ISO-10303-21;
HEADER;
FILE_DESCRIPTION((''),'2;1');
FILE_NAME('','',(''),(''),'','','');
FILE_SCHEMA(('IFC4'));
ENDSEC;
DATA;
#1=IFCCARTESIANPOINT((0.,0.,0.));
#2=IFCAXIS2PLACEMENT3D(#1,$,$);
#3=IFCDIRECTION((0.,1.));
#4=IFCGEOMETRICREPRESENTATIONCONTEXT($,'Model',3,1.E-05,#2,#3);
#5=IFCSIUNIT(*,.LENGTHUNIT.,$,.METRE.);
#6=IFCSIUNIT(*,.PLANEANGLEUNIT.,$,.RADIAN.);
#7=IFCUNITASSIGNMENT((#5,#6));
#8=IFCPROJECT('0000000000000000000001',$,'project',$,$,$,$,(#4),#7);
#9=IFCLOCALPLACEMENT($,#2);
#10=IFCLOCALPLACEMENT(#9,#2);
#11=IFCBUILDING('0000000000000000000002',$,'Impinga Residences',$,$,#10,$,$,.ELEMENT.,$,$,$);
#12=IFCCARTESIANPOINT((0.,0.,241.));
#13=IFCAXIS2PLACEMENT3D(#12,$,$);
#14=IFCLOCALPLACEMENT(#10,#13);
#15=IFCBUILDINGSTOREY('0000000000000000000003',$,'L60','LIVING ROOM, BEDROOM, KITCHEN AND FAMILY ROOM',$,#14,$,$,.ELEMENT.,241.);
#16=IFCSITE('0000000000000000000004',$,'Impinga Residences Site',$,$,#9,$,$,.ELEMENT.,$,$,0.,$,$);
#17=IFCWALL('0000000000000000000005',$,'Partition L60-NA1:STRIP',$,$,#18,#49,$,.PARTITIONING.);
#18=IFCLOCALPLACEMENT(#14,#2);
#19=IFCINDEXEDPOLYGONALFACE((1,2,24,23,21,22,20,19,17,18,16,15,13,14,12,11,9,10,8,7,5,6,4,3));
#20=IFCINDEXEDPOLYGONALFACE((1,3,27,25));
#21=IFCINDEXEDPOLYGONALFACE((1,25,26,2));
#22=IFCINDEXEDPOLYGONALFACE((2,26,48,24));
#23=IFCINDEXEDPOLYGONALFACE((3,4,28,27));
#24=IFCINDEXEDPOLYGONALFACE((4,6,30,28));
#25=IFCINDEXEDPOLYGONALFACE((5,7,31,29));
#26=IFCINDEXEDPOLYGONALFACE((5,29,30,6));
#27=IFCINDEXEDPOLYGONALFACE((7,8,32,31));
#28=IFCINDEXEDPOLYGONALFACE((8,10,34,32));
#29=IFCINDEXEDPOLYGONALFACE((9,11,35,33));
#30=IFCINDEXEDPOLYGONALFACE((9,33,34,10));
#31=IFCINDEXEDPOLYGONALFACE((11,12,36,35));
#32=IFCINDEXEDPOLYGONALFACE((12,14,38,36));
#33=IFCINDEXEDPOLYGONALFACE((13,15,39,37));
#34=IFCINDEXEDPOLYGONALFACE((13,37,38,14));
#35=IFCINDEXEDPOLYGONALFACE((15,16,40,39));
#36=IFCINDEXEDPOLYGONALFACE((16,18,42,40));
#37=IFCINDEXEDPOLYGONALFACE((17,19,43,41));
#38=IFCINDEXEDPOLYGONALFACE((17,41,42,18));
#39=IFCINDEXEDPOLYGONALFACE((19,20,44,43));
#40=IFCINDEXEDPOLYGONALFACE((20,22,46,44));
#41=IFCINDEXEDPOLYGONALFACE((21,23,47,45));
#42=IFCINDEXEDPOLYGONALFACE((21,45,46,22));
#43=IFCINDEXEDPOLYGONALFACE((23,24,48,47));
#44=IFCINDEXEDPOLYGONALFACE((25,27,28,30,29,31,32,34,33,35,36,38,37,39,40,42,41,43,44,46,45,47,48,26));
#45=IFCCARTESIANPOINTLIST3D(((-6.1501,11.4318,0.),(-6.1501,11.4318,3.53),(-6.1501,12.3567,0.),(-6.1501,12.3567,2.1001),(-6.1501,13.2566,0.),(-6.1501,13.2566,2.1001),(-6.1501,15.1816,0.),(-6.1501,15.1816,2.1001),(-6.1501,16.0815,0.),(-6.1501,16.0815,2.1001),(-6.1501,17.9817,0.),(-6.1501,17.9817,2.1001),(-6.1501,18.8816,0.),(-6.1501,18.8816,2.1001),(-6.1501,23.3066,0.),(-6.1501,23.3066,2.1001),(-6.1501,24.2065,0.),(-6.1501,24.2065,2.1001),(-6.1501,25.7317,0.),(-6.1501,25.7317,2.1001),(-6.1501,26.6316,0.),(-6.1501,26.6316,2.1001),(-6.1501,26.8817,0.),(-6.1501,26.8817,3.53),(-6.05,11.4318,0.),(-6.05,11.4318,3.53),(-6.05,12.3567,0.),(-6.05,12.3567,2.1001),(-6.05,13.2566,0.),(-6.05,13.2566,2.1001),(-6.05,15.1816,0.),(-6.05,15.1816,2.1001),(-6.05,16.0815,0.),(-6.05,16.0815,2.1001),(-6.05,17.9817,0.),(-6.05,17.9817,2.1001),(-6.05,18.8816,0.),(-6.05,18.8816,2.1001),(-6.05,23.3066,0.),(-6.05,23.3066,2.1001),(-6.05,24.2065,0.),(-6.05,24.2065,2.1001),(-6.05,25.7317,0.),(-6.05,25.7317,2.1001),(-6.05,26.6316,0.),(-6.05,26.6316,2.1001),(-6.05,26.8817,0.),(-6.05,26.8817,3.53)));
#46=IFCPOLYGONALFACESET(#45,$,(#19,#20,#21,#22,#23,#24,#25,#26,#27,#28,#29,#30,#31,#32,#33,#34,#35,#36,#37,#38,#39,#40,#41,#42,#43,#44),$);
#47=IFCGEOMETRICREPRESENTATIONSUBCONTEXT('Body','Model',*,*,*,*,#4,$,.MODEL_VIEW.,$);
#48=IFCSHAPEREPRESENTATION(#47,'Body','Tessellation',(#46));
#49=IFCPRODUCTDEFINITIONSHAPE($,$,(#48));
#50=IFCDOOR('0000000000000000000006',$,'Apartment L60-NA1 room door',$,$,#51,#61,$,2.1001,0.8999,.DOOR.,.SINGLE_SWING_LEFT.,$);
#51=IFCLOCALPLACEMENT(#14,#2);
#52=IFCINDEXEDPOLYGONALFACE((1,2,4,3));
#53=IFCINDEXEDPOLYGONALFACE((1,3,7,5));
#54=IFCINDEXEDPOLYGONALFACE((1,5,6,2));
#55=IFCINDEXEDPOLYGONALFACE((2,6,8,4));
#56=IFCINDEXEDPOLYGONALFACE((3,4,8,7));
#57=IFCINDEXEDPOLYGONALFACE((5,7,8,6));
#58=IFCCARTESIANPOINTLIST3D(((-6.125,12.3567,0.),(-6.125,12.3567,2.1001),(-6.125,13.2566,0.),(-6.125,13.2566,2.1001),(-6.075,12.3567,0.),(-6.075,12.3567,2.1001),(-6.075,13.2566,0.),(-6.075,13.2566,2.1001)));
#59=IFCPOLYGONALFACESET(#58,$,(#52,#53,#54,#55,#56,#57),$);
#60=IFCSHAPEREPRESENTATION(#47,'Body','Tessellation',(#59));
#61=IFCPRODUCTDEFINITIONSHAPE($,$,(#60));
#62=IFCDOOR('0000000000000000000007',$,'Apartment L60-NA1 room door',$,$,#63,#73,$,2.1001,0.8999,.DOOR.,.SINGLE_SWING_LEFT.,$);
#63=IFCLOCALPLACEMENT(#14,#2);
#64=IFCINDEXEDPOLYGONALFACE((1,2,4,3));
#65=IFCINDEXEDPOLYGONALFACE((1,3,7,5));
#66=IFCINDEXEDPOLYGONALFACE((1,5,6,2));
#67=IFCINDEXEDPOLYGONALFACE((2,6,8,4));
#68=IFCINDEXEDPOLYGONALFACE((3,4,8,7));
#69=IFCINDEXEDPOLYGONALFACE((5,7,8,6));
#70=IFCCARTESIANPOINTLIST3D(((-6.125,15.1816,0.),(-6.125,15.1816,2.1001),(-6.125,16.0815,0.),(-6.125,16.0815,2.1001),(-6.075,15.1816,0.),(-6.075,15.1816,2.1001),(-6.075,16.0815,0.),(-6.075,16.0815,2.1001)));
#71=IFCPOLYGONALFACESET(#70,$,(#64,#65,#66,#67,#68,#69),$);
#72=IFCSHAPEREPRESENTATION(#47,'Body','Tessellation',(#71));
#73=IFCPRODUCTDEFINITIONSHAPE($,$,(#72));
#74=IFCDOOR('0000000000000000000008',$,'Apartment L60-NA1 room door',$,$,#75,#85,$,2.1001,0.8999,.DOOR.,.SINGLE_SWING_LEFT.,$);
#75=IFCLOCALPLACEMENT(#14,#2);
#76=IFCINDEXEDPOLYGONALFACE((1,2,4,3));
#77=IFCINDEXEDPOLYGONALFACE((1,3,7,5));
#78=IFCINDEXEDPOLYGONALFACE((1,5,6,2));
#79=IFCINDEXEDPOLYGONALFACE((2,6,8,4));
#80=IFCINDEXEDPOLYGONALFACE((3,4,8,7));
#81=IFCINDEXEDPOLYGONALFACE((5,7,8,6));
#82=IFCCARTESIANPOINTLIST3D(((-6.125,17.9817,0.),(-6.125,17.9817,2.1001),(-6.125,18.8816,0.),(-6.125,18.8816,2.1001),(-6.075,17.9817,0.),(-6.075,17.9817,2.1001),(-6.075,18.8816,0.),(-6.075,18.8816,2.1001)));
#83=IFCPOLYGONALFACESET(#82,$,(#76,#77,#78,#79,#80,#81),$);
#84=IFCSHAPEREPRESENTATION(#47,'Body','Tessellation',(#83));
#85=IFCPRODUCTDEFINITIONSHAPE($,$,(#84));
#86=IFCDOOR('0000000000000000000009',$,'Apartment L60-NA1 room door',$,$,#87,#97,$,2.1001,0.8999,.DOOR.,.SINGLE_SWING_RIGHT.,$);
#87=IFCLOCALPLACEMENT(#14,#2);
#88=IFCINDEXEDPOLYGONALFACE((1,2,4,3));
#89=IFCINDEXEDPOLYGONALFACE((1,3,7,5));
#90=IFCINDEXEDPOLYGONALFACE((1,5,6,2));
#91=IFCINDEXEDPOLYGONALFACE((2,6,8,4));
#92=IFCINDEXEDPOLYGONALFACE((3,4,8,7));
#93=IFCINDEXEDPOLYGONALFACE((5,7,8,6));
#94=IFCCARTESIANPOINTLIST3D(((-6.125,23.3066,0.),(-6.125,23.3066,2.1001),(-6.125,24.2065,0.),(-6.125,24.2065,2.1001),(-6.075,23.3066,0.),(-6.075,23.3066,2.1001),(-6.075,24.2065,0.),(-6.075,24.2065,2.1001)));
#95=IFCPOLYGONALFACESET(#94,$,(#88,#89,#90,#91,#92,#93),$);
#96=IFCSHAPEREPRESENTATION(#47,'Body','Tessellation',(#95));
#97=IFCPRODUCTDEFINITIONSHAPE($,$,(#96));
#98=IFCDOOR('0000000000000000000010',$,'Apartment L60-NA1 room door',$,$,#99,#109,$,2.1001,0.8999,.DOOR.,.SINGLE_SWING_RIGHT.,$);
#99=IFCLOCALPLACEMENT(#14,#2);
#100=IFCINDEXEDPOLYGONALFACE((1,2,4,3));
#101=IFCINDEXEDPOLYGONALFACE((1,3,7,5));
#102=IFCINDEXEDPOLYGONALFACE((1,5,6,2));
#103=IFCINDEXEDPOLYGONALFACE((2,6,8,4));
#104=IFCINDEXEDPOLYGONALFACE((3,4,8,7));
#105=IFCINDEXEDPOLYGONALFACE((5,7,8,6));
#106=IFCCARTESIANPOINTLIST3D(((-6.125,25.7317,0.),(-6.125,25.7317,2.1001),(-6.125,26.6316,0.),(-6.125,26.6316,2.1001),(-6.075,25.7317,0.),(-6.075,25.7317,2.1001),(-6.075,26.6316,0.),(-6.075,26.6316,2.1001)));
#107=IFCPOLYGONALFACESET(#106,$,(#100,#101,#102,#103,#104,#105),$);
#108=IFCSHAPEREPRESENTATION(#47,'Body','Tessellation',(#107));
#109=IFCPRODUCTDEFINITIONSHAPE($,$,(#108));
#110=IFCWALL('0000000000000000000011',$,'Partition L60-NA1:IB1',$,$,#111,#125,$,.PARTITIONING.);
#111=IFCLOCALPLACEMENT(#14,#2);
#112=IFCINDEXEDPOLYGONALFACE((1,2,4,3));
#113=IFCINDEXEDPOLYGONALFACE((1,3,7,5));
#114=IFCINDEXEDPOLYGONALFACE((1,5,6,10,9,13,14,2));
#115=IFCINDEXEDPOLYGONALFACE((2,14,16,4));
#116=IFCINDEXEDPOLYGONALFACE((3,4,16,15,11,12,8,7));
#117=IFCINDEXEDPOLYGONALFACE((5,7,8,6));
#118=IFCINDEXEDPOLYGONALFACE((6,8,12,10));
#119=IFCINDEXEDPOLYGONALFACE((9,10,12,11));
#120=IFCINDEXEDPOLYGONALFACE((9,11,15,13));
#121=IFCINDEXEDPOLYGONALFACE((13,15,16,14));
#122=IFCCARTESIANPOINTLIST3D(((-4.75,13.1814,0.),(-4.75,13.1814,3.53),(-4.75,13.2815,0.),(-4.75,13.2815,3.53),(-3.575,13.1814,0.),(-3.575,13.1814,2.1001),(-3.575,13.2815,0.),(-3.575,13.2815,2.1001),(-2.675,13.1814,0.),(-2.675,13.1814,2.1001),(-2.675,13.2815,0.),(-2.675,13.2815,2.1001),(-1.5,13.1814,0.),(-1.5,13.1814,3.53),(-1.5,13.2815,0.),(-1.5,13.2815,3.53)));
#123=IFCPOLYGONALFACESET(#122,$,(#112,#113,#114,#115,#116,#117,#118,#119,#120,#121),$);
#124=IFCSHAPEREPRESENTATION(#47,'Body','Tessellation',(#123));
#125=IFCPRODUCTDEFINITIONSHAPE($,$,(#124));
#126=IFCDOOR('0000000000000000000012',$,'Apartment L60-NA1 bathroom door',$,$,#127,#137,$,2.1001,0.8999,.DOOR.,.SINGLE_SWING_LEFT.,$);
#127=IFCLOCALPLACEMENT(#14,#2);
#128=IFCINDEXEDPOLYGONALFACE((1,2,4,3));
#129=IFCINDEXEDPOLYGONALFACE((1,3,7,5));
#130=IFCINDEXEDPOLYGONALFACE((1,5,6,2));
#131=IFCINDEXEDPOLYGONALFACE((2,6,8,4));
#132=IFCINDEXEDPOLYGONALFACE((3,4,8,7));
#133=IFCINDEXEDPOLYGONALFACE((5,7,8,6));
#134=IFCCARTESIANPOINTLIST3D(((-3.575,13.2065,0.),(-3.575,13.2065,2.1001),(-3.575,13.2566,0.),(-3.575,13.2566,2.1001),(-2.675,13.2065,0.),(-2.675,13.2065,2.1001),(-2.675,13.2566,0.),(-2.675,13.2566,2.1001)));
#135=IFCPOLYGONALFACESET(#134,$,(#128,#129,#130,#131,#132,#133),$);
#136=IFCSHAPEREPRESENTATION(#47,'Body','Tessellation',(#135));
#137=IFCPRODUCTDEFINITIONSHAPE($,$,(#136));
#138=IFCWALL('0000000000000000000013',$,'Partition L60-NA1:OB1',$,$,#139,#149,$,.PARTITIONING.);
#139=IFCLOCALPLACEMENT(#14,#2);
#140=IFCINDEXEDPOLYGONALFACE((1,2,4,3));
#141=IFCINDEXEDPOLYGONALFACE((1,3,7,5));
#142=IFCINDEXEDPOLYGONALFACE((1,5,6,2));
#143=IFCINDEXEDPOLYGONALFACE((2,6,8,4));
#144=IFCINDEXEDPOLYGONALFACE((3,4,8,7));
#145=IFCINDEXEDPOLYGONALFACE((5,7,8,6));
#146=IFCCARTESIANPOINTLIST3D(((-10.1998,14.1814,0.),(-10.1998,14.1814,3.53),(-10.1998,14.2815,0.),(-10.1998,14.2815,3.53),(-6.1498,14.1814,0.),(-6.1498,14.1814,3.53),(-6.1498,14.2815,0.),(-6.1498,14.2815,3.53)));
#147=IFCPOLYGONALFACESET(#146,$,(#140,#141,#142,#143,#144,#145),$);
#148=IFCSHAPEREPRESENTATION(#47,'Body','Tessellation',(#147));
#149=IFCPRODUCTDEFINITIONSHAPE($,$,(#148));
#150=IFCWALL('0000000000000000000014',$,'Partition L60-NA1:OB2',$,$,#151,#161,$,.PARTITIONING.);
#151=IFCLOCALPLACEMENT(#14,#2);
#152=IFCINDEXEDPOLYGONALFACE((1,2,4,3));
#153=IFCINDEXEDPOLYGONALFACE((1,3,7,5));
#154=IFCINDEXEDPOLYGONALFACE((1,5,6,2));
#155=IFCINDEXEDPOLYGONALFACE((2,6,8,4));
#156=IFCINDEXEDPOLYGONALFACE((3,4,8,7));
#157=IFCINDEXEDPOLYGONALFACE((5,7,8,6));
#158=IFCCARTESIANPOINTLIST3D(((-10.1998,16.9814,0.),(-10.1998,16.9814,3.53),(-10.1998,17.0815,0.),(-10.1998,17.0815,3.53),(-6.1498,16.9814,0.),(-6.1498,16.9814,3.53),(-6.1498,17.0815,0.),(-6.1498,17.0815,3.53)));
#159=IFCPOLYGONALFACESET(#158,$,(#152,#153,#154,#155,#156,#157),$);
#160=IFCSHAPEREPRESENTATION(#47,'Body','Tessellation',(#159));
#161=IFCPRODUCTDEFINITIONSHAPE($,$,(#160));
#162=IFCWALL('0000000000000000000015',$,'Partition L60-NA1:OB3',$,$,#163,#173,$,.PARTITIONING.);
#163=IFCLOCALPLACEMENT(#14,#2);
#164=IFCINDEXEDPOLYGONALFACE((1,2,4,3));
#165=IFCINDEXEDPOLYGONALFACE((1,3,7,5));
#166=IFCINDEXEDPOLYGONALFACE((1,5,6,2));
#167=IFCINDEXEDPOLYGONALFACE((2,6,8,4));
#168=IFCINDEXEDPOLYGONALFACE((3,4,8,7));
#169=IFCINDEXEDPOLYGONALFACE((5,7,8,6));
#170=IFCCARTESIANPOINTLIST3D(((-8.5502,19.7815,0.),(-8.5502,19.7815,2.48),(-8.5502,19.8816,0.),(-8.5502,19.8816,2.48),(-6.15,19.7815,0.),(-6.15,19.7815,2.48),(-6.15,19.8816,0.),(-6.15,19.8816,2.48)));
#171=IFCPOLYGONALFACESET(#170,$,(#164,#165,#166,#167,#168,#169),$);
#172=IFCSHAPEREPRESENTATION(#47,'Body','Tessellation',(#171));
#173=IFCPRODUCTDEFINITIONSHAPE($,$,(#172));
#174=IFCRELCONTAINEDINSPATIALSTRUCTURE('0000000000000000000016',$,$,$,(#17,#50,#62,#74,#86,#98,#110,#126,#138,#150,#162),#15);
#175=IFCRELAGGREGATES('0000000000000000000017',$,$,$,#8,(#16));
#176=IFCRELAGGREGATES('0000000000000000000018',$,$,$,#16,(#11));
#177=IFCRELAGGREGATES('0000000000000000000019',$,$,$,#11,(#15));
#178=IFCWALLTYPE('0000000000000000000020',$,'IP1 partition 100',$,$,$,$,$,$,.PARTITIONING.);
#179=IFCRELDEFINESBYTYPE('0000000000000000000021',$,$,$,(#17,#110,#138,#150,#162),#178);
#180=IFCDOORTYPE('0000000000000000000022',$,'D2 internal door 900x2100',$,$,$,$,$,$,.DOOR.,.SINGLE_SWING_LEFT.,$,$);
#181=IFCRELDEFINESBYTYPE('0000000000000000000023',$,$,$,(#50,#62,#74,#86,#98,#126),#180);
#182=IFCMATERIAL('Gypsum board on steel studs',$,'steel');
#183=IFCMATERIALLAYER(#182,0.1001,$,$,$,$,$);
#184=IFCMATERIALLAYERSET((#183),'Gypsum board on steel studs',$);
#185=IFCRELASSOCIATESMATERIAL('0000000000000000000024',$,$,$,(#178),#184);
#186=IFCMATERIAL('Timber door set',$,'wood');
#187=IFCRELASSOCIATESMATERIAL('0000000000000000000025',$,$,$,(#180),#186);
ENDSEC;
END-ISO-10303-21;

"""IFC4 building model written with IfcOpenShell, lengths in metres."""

from ifc_helpers import new_model, si_unit, direction, frame, frame_2d, origin, place, context, subcontext, project, spatial, rectangle, extrude, material, layer, layer_set, type_object, element, fill, save


model = new_model("IFC4")

# Units and contexts
model_context = context("Model", 3, precision=1e-05, world=origin(), true_north=direction((0.0, 1.0)))
body_context = subcontext(model_context, "Body", "Model", "MODEL_VIEW")
ifc_project = project(units=[si_unit("LENGTHUNIT", "METRE"), si_unit("PLANEANGLEUNIT", "RADIAN")], contexts=[model_context])

# Site, building, storey
site_placement = place(None, origin())
site = spatial("IfcSite", under=ifc_project, at=site_placement, Name="Impinga Residences Site", CompositionType="ELEMENT", RefElevation=0.0)
building_placement = place(site_placement, origin())
building = spatial("IfcBuilding", under=site, at=building_placement, Name="Impinga Residences", CompositionType="ELEMENT")
storey_placement = place(building_placement, frame((0.0, 0.0, 241.0)))
storey = spatial("IfcBuildingStorey", under=building, at=storey_placement, Name="L60", Description="LIVING ROOM, BEDROOM, KITCHEN AND FAMILY ROOM", CompositionType="ELEMENT", Elevation=241.0)

# Shared definitions
ifc_material_1 = material(Name="Timber door set", Category="wood")

# Shared definitions
ifc_material_2 = material(Name="Gypsum board on steel studs", Category="steel")
ifc_layer_1 = layer(ifc_material_2, 0.1001)
ifc_layer_set_1 = layer_set([ifc_layer_1], Name="Gypsum board on steel studs")
wall_type_1 = type_object("IfcWallType", Name="IP1 partition 100", PredefinedType="PARTITIONING", material=ifc_layer_set_1)

# Wall, openings, doors
wall_1_placement = place(storey_placement, frame((-6.1001, 11.4316, 0.0), z_axis=(0.0, 0.0, 1.0), x_axis=(0.0, 1.0, 0.0)))
wall_1 = element("IfcWall", 1, at=wall_1_placement, inside=storey, type_object=wall_type_1, Name="Partition L60-NA1:STRIP", PredefinedType="PARTITIONING", context=body_context, shape_type="SweptSolid", body=[
    extrude(rectangle(XDim=15.45, YDim=0.1001, at=frame_2d((7.7251, 0.0))), origin(), (0.0, 0.0, 1.0), 3.53),
])
opening_1_placement = place(wall_1_placement, frame((0.925, 0.0, 0.0)))
opening_1 = element("IfcOpeningElement", 2, at=opening_1_placement, cuts=wall_1, PredefinedType="OPENING", context=body_context, shape_type="SweptSolid", body=[
    extrude(rectangle(XDim=0.8999, YDim=2.1001, at=frame_2d((0.45, 1.05))), frame((0.0, 0.0601, 0.0), z_axis=(0.0, -1.0, 0.0), x_axis=(1.0, 0.0, 0.0)), (0.0, 0.0, 1.0), 0.1201),
])
opening_2_placement = place(wall_1_placement, frame((3.75, 0.0, 0.0)))
opening_2 = element("IfcOpeningElement", 3, at=opening_2_placement, cuts=wall_1, PredefinedType="OPENING", context=body_context, shape_type="SweptSolid", body=[
    extrude(rectangle(XDim=0.8999, YDim=2.1001, at=frame_2d((0.45, 1.05))), frame((0.0, 0.0601, 0.0), z_axis=(0.0, -1.0, 0.0), x_axis=(1.0, 0.0, 0.0)), (0.0, 0.0, 1.0), 0.1201),
])
opening_3_placement = place(wall_1_placement, frame((6.55, 0.0, 0.0)))
opening_3 = element("IfcOpeningElement", 4, at=opening_3_placement, cuts=wall_1, PredefinedType="OPENING", context=body_context, shape_type="SweptSolid", body=[
    extrude(rectangle(XDim=0.8999, YDim=2.1001, at=frame_2d((0.45, 1.05))), frame((0.0, 0.0601, 0.0), z_axis=(0.0, -1.0, 0.0), x_axis=(1.0, 0.0, 0.0)), (0.0, 0.0, 1.0), 0.1201),
])
opening_4_placement = place(wall_1_placement, frame((11.875, 0.0, 0.0)))
opening_4 = element("IfcOpeningElement", 5, at=opening_4_placement, cuts=wall_1, PredefinedType="OPENING", context=body_context, shape_type="SweptSolid", body=[
    extrude(rectangle(XDim=0.8999, YDim=2.1001, at=frame_2d((0.45, 1.05))), frame((0.0, 0.0601, 0.0), z_axis=(0.0, -1.0, 0.0), x_axis=(1.0, 0.0, 0.0)), (0.0, 0.0, 1.0), 0.1201),
])
opening_5_placement = place(wall_1_placement, frame((14.3, 0.0, 0.0)))
opening_5 = element("IfcOpeningElement", 6, at=opening_5_placement, cuts=wall_1, PredefinedType="OPENING", context=body_context, shape_type="SweptSolid", body=[
    extrude(rectangle(XDim=0.8999, YDim=2.1001, at=frame_2d((0.45, 1.05))), frame((0.0, 0.0601, 0.0), z_axis=(0.0, -1.0, 0.0), x_axis=(1.0, 0.0, 0.0)), (0.0, 0.0, 1.0), 0.1201),
])
door_type_1 = type_object("IfcDoorType", Name="D2 internal door 900x2100", OperationType="SINGLE_SWING_LEFT", PredefinedType="DOOR", material=ifc_material_1)
door_1_placement = place(opening_1_placement, origin())
door_1 = element("IfcDoor", 7, at=door_1_placement, inside=storey, type_object=door_type_1, Name="Apartment L60-NA1 room door", OperationType="SINGLE_SWING_LEFT", OverallHeight=2.1001, OverallWidth=0.8999, PredefinedType="DOOR", context=body_context, shape_type="SweptSolid", body=[
    extrude(rectangle(XDim=0.8999, YDim=2.1001, at=frame_2d((0.45, 1.05))), frame((0.0, 0.0249, 0.0), z_axis=(0.0, -1.0, 0.0), x_axis=(1.0, 0.0, 0.0)), (0.0, 0.0, 1.0), 0.05),
])
fill(opening_1, door_1)
door_2_placement = place(opening_2_placement, origin())
door_2 = element("IfcDoor", 8, at=door_2_placement, inside=storey, type_object=door_type_1, Name="Apartment L60-NA1 room door", OperationType="SINGLE_SWING_LEFT", OverallHeight=2.1001, OverallWidth=0.8999, PredefinedType="DOOR", context=body_context, shape_type="SweptSolid", body=[
    extrude(rectangle(XDim=0.8999, YDim=2.1001, at=frame_2d((0.45, 1.05))), frame((0.0, 0.0249, 0.0), z_axis=(0.0, -1.0, 0.0), x_axis=(1.0, 0.0, 0.0)), (0.0, 0.0, 1.0), 0.05),
])
fill(opening_2, door_2)
door_3_placement = place(opening_3_placement, origin())
door_3 = element("IfcDoor", 9, at=door_3_placement, inside=storey, type_object=door_type_1, Name="Apartment L60-NA1 room door", OperationType="SINGLE_SWING_LEFT", OverallHeight=2.1001, OverallWidth=0.8999, PredefinedType="DOOR", context=body_context, shape_type="SweptSolid", body=[
    extrude(rectangle(XDim=0.8999, YDim=2.1001, at=frame_2d((0.45, 1.05))), frame((0.0, 0.0249, 0.0), z_axis=(0.0, -1.0, 0.0), x_axis=(1.0, 0.0, 0.0)), (0.0, 0.0, 1.0), 0.05),
])
fill(opening_3, door_3)
door_4_placement = place(opening_4_placement, origin())
door_4 = element("IfcDoor", 10, at=door_4_placement, inside=storey, type_object=door_type_1, Name="Apartment L60-NA1 room door", OperationType="SINGLE_SWING_RIGHT", OverallHeight=2.1001, OverallWidth=0.8999, PredefinedType="DOOR", context=body_context, shape_type="SweptSolid", body=[
    extrude(rectangle(XDim=0.8999, YDim=2.1001, at=frame_2d((0.45, 1.05))), frame((0.0, 0.0249, 0.0), z_axis=(0.0, -1.0, 0.0), x_axis=(1.0, 0.0, 0.0)), (0.0, 0.0, 1.0), 0.05),
])
fill(opening_4, door_4)
door_5_placement = place(opening_5_placement, origin())
door_5 = element("IfcDoor", 11, at=door_5_placement, inside=storey, type_object=door_type_1, Name="Apartment L60-NA1 room door", OperationType="SINGLE_SWING_RIGHT", OverallHeight=2.1001, OverallWidth=0.8999, PredefinedType="DOOR", context=body_context, shape_type="SweptSolid", body=[
    extrude(rectangle(XDim=0.8999, YDim=2.1001, at=frame_2d((0.45, 1.05))), frame((0.0, 0.0249, 0.0), z_axis=(0.0, -1.0, 0.0), x_axis=(1.0, 0.0, 0.0)), (0.0, 0.0, 1.0), 0.05),
])
fill(opening_5, door_5)

# Wall, opening, door
wall_2_placement = place(storey_placement, frame((-1.5, 13.2314, 0.0), z_axis=(0.0, 0.0, 1.0), x_axis=(-1.0, 0.0, 0.0)))
wall_2 = element("IfcWall", 12, at=wall_2_placement, inside=storey, type_object=wall_type_1, Name="Partition L60-NA1:IB1", PredefinedType="PARTITIONING", context=body_context, shape_type="SweptSolid", body=[
    extrude(rectangle(XDim=3.25, YDim=0.1001, at=frame_2d((1.625, 0.0))), origin(), (0.0, 0.0, 1.0), 3.53),
])
opening_6_placement = place(wall_2_placement, frame((1.175, 0.0, 0.0)))
opening_6 = element("IfcOpeningElement", 13, at=opening_6_placement, cuts=wall_2, PredefinedType="OPENING", context=body_context, shape_type="SweptSolid", body=[
    extrude(rectangle(XDim=0.8999, YDim=2.1001, at=frame_2d((0.45, 1.05))), frame((0.0, 0.0601, 0.0), z_axis=(0.0, -1.0, 0.0), x_axis=(1.0, 0.0, 0.0)), (0.0, 0.0, 1.0), 0.1201),
])
door_6_placement = place(opening_6_placement, origin())
door_6 = element("IfcDoor", 14, at=door_6_placement, inside=storey, type_object=door_type_1, Name="Apartment L60-NA1 bathroom door", OperationType="SINGLE_SWING_LEFT", OverallHeight=2.1001, OverallWidth=0.8999, PredefinedType="DOOR", context=body_context, shape_type="SweptSolid", body=[
    extrude(rectangle(XDim=0.8999, YDim=2.1001, at=frame_2d((0.45, 1.05))), frame((0.0, 0.0249, 0.0), z_axis=(0.0, -1.0, 0.0), x_axis=(1.0, 0.0, 0.0)), (0.0, 0.0, 1.0), 0.05),
])
fill(opening_6, door_6)

# Walls
for number, where, z_axis, x_axis, name in (
    (15, (-6.1499, 14.2314, 0.0), (0.0, 0.0, 1.0), (-1.0, 0.0, 0.0), "Partition L60-NA1:OB1"),
    (16, (-6.1499, 17.0315, 0.0), (0.0, 0.0, 1.0), (-1.0, 0.0, 0.0), "Partition L60-NA1:OB2"),
):
    element("IfcWall", number, at=place(storey_placement, frame(where, z_axis=z_axis, x_axis=x_axis)), inside=storey, type_object=wall_type_1, Name=name, PredefinedType="PARTITIONING", context=body_context, shape_type="SweptSolid", body=[
        extrude(rectangle(XDim=4.05, YDim=0.1001, at=frame_2d((2.0249, 0.0))), origin(), (0.0, 0.0, 1.0), 3.53),
    ])
wall_3_placement = place(storey_placement, frame((-6.1499, 19.8315, 0.0), z_axis=(0.0, 0.0, 1.0), x_axis=(-1.0, 0.0, 0.0)))
element("IfcWall", 17, at=wall_3_placement, inside=storey, type_object=wall_type_1, Name="Partition L60-NA1:OB3", PredefinedType="PARTITIONING", context=body_context, shape_type="SweptSolid", body=[
    extrude(rectangle(XDim=2.4001, YDim=0.1001, at=frame_2d((1.2002, 0.0))), origin(), (0.0, 0.0, 1.0), 2.48),
])

save(model, "model.ifc")
